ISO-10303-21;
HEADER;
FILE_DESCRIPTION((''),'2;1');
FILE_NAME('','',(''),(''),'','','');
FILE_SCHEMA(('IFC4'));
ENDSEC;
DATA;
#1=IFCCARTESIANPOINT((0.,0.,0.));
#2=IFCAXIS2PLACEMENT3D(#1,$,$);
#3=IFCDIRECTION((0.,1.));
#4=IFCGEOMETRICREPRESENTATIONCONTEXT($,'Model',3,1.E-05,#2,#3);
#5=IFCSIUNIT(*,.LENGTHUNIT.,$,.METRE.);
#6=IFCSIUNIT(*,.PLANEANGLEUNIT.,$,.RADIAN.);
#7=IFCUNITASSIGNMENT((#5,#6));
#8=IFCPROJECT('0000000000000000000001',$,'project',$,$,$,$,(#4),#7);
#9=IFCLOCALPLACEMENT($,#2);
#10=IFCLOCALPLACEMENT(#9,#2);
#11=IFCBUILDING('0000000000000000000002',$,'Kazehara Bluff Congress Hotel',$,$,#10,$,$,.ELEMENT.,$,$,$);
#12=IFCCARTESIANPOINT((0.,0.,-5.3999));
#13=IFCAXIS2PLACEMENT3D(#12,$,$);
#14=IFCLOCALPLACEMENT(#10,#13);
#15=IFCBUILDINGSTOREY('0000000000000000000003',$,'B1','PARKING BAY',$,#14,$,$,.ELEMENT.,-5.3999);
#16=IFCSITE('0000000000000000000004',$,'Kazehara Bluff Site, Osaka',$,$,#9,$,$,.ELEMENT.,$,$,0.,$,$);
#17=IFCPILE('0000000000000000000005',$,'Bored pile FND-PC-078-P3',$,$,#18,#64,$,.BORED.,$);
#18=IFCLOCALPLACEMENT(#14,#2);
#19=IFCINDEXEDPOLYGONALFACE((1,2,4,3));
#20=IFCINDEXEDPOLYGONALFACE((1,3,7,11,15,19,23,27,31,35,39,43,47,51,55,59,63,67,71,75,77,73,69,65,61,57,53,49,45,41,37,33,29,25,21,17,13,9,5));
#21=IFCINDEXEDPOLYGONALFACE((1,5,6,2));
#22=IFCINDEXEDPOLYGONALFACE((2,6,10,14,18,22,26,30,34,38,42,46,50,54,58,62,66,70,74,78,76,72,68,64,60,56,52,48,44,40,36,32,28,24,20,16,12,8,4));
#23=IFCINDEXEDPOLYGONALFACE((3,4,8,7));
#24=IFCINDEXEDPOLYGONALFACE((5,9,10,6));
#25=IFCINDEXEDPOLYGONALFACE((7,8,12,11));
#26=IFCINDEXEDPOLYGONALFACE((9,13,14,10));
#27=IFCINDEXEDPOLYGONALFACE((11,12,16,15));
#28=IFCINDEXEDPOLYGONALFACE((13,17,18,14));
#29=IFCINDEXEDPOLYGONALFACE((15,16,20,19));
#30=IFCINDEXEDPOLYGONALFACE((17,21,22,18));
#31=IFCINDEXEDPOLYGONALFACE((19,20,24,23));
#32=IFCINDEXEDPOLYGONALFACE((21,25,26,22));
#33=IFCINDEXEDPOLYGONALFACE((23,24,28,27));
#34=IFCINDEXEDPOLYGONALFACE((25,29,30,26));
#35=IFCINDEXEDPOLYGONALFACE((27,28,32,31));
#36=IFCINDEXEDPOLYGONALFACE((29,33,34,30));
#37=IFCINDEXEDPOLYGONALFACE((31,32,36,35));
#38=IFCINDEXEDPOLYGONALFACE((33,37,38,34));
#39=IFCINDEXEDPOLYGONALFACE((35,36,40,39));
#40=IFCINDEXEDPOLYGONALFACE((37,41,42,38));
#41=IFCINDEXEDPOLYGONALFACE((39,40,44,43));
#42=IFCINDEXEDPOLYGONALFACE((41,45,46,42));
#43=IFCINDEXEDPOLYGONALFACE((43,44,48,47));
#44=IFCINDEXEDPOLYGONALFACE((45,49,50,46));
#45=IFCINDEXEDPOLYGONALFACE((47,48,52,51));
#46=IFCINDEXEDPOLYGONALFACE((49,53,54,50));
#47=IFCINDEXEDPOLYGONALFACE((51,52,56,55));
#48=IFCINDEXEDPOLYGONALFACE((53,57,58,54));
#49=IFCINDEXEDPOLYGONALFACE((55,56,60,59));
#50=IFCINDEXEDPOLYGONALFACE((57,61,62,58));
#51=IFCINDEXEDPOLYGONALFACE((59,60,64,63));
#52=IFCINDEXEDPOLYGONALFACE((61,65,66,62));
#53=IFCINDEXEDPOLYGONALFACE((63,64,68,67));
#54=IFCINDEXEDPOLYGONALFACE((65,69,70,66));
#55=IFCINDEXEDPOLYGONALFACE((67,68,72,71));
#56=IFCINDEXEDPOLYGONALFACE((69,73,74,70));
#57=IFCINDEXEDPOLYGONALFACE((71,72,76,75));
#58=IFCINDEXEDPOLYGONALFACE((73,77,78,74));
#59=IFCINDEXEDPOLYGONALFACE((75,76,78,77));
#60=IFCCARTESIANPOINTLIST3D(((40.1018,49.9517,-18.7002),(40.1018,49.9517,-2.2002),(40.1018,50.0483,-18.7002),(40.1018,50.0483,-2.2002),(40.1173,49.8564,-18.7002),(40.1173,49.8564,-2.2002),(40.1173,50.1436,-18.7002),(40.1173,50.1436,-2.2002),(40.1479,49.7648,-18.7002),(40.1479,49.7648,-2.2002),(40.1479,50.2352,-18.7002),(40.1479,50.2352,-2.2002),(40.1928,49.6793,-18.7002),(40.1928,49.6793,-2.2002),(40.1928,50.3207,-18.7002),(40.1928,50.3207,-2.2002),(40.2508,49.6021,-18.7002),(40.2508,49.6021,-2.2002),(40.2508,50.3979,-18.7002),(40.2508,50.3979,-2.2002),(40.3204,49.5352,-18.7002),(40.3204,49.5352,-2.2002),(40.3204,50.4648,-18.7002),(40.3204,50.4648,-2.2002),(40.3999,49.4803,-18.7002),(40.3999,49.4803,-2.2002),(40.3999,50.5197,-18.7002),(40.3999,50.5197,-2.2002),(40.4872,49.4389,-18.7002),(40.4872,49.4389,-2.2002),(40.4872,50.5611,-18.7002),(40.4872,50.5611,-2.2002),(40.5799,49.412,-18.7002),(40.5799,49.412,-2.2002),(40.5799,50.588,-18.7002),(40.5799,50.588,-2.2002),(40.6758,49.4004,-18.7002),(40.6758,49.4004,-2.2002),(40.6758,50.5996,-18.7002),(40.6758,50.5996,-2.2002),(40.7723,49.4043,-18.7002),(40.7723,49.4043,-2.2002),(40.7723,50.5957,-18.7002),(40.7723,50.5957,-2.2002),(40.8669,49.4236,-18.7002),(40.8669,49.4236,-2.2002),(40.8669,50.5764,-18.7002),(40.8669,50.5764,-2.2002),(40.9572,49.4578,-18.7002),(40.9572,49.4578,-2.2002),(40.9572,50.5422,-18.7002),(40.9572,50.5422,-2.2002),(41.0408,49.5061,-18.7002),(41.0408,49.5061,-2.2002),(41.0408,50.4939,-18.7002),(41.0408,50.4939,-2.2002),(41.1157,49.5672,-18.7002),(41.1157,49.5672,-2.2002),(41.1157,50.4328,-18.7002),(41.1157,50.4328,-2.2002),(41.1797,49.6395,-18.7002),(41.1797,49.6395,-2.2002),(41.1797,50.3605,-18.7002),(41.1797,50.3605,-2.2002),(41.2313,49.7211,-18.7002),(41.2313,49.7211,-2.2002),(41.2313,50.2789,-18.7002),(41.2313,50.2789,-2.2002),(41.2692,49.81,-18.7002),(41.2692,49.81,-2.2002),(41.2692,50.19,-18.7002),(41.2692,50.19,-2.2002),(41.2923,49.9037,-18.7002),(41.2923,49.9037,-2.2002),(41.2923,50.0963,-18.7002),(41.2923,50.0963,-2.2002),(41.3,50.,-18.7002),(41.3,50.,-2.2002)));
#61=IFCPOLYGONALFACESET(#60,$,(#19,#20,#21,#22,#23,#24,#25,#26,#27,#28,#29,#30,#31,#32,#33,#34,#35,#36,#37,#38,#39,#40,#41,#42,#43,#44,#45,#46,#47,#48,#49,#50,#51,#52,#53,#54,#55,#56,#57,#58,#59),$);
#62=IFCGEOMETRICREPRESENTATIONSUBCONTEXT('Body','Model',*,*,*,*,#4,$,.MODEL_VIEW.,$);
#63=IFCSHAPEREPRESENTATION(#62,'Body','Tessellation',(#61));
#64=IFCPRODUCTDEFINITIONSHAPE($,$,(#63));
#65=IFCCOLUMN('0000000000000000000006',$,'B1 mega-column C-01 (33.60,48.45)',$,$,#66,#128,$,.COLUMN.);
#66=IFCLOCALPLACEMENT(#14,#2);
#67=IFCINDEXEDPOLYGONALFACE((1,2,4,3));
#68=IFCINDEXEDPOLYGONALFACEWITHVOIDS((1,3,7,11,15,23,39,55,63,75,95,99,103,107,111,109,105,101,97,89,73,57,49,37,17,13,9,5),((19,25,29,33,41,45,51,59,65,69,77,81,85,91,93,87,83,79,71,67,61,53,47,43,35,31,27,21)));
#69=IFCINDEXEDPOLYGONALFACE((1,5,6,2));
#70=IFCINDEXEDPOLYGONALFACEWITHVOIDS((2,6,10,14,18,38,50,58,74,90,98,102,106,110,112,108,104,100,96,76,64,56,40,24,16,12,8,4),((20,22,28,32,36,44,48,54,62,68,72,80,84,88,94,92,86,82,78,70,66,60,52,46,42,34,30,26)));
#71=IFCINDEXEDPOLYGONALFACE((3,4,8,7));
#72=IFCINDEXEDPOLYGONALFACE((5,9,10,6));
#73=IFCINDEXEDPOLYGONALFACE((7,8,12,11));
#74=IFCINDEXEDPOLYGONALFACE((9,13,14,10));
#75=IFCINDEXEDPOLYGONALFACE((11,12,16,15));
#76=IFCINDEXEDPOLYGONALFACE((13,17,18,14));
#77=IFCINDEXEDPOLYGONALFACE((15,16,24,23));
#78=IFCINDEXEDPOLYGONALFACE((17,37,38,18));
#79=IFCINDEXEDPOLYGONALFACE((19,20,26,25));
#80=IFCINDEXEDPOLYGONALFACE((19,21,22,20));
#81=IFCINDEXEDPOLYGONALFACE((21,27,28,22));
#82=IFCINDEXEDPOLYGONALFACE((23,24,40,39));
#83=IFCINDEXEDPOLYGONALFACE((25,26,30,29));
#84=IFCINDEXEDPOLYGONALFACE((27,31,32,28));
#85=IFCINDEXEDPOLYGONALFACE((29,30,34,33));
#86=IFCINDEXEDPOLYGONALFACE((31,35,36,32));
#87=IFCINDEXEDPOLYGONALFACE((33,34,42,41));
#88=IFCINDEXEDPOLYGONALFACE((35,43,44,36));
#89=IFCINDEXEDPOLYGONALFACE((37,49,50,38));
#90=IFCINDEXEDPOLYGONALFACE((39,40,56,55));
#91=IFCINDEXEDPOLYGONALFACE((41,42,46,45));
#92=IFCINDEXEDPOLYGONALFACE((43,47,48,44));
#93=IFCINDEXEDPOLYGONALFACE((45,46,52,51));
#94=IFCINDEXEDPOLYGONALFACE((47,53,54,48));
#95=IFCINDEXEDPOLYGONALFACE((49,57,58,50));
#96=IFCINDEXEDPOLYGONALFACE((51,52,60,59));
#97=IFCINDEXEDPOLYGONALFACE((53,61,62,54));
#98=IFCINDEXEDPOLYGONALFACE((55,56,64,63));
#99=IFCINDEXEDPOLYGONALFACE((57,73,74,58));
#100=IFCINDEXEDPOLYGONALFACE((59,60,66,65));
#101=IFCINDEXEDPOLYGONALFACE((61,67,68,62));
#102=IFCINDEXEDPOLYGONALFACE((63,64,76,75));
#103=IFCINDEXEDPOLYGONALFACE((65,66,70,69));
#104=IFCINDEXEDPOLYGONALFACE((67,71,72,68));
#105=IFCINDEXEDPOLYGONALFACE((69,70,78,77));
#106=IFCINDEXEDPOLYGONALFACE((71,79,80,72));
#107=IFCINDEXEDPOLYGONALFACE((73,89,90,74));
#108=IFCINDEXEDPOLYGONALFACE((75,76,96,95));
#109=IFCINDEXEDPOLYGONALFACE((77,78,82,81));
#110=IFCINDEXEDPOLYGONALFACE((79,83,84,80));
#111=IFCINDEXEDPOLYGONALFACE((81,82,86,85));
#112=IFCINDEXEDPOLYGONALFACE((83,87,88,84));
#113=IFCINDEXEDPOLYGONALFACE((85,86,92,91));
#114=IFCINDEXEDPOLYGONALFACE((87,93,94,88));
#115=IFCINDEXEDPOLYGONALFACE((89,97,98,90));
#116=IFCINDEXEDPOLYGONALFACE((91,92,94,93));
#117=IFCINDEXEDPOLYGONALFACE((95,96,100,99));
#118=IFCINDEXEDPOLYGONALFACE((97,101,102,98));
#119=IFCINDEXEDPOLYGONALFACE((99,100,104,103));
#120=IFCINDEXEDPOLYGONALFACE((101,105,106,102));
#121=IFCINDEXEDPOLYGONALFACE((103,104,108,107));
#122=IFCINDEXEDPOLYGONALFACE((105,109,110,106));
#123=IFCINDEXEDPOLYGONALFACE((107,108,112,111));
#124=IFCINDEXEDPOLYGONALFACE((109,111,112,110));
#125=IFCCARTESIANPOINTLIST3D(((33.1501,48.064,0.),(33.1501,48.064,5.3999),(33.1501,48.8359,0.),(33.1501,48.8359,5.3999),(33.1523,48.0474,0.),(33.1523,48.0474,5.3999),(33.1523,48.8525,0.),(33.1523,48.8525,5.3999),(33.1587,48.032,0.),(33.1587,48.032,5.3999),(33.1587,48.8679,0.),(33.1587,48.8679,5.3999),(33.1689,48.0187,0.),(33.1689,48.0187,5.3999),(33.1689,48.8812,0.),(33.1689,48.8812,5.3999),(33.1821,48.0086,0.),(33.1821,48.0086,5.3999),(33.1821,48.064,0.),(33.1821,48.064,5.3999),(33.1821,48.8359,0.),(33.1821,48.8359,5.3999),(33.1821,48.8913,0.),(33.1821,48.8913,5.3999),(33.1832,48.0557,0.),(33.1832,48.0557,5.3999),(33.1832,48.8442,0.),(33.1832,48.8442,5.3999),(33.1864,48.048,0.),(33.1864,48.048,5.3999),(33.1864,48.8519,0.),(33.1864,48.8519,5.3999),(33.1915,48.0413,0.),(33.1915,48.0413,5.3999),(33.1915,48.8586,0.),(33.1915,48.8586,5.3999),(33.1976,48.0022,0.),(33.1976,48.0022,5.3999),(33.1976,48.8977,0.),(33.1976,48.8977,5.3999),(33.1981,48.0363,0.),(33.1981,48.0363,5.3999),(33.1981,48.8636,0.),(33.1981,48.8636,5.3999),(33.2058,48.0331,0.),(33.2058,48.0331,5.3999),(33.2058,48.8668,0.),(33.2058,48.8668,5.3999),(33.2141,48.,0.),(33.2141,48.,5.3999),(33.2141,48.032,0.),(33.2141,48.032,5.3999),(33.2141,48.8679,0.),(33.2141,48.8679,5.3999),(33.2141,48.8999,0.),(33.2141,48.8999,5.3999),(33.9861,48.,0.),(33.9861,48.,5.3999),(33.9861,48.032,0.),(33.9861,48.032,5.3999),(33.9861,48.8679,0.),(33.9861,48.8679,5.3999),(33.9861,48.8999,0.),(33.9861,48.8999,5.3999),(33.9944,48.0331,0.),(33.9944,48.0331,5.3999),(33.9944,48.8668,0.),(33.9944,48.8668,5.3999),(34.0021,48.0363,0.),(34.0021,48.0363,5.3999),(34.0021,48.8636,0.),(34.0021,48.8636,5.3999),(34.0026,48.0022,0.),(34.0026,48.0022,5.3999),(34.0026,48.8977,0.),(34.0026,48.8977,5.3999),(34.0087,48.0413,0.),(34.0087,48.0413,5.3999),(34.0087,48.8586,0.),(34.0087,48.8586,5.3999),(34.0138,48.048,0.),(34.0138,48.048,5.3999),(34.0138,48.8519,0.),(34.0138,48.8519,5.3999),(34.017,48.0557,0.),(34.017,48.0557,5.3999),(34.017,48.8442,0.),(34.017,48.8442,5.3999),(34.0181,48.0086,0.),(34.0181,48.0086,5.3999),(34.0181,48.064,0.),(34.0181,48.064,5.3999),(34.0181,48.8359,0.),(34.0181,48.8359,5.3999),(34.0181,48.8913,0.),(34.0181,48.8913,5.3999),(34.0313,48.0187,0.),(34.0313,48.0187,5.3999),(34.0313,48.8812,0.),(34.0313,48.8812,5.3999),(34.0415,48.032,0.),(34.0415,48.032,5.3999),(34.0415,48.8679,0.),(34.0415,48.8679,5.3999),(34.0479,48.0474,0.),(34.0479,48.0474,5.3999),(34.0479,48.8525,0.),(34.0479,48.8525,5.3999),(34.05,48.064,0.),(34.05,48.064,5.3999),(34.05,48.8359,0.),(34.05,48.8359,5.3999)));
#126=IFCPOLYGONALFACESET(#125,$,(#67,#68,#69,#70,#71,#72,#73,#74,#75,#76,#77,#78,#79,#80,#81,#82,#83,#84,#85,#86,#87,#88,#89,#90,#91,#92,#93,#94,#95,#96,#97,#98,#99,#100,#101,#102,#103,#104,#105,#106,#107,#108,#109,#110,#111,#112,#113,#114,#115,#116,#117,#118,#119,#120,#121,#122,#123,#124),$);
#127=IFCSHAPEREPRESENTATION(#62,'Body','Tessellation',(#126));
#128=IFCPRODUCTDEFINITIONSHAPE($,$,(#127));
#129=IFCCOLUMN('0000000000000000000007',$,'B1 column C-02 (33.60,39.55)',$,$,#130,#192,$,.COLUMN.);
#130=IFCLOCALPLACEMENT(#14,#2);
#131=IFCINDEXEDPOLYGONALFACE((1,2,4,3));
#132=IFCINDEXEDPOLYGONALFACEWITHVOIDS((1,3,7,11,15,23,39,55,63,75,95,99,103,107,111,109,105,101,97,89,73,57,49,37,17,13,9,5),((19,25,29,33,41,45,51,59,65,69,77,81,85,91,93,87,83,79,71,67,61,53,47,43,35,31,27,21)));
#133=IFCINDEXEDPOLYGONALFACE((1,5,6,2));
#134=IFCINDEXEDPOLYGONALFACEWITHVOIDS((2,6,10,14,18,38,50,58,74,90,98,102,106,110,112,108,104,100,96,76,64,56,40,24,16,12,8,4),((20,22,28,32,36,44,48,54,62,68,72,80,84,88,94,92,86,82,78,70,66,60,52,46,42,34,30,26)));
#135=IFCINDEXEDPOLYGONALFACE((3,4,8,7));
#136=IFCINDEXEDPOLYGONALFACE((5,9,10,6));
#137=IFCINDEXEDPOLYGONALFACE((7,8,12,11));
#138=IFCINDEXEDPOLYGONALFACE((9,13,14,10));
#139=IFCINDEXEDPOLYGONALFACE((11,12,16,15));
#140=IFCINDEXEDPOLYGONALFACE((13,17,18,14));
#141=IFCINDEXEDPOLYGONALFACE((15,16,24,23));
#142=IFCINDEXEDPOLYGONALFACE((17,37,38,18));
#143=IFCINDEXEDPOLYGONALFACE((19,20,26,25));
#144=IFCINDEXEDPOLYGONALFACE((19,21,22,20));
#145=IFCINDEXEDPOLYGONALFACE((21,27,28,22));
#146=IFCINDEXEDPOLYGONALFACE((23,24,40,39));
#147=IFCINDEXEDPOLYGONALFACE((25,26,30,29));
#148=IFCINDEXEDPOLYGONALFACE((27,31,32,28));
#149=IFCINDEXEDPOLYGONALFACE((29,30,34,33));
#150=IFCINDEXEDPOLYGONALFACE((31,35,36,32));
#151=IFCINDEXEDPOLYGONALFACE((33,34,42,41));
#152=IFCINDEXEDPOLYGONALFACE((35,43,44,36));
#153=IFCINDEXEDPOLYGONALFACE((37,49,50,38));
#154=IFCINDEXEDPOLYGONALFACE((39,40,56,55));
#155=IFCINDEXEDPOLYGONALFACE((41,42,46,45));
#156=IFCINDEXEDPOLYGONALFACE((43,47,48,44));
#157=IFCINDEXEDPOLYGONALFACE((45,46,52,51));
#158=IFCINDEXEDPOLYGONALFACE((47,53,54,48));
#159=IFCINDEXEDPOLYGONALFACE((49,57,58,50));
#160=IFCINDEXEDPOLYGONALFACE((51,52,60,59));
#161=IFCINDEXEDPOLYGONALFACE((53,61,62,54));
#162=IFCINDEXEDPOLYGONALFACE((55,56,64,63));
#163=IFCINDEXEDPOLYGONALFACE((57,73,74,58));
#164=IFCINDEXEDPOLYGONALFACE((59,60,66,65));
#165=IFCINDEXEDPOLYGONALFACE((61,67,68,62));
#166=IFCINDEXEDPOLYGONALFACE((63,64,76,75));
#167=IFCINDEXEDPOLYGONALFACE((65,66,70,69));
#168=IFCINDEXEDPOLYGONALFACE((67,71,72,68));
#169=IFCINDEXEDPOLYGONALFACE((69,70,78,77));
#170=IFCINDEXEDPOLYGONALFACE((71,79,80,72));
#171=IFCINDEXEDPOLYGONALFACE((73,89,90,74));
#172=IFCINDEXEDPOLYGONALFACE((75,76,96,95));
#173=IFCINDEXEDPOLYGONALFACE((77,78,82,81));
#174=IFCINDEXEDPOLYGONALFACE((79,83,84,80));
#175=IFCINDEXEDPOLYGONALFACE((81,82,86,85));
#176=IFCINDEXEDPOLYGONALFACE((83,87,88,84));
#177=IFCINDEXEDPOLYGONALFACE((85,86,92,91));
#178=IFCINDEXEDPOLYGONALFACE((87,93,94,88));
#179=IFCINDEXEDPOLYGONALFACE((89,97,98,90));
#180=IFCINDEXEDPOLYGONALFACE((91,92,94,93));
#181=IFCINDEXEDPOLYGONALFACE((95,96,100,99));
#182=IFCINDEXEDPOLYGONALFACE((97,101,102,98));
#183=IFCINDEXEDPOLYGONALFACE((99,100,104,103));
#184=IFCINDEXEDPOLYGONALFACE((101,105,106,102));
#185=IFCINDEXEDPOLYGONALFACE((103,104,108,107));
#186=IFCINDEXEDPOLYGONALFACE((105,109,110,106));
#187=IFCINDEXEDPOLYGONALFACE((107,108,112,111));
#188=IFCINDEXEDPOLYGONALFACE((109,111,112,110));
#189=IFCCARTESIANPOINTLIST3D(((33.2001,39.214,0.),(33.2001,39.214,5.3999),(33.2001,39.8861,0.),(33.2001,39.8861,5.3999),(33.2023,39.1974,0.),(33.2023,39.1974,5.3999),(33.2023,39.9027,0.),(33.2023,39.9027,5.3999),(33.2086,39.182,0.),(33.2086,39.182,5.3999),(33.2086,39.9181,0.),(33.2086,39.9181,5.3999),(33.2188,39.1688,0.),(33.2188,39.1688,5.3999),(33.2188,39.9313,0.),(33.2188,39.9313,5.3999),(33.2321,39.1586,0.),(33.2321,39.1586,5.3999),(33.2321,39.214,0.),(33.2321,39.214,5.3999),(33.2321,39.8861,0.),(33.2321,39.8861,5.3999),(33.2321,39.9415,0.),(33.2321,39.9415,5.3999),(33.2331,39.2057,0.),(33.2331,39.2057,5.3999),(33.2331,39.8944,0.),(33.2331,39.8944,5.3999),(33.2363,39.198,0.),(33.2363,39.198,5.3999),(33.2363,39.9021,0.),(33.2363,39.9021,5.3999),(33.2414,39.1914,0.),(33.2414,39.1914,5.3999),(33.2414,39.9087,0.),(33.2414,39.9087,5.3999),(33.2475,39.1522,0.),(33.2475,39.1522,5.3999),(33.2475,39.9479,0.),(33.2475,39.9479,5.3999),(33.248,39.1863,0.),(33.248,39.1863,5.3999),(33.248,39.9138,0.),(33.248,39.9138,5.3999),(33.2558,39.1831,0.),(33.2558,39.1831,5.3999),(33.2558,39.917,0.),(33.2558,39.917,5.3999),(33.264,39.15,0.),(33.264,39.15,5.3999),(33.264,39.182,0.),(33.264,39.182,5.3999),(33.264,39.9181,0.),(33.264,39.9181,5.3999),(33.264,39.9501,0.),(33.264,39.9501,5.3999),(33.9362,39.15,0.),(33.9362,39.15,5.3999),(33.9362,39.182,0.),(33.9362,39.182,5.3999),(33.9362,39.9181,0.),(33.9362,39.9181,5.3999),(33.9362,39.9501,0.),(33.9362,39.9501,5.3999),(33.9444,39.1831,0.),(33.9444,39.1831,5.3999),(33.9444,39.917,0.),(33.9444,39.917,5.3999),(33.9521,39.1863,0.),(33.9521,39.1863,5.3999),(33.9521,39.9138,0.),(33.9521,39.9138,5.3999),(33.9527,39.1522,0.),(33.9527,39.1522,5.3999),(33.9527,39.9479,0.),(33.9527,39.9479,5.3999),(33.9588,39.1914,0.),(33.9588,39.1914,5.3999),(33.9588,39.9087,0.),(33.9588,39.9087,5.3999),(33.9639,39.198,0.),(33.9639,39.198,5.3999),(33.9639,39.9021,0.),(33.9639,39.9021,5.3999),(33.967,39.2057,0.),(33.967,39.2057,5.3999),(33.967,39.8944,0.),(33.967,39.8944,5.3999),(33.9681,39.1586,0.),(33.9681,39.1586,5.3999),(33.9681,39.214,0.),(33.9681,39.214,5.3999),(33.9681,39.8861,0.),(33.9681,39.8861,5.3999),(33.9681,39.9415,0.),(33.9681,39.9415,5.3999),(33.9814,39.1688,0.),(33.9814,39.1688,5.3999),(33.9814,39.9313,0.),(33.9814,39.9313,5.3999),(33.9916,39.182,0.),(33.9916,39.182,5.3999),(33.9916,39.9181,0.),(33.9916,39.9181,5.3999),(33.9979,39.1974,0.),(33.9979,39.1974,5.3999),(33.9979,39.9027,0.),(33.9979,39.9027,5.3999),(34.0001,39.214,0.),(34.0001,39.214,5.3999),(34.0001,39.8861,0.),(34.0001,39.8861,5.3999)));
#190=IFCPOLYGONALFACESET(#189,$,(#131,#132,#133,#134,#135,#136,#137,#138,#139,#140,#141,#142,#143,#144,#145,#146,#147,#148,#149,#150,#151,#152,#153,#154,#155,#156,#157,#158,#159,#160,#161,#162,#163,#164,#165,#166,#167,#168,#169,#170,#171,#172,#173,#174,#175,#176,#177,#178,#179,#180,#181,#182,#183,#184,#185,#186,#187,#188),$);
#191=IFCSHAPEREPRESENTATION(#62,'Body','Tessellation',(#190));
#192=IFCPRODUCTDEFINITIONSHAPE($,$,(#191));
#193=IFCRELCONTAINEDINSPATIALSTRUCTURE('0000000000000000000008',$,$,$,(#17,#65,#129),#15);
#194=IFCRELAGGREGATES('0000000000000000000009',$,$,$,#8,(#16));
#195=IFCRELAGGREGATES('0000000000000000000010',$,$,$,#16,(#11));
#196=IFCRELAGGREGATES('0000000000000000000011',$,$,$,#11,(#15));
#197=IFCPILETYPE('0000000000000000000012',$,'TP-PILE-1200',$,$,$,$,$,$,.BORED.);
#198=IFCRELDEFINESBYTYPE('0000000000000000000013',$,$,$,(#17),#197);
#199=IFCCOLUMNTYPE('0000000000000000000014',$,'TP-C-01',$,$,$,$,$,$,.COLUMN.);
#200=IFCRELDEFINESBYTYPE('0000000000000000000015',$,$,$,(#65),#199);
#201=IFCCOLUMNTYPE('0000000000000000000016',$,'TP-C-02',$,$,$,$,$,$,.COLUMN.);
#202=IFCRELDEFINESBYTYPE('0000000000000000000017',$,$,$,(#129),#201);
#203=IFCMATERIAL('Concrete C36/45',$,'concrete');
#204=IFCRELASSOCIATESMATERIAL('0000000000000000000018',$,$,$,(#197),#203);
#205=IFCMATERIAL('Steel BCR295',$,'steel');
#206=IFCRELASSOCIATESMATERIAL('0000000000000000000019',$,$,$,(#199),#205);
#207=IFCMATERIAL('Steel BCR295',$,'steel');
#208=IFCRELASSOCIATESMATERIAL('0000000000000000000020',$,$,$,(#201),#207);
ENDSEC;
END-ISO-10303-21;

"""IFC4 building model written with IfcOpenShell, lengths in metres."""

from ifc_helpers import new_model, si_unit, direction, frame, origin, origin_2d, place, context, subcontext, project, spatial, hollow_rectangle, circle, extrude, material, material_profile, profile_set, type_object, element, save


model = new_model("IFC4")

# Units and contexts
model_context = context("Model", 3, precision=1e-05, world=origin(), true_north=direction((0.0, 1.0)))
body_context = subcontext(model_context, "Body", "Model", "MODEL_VIEW")
ifc_project = project(units=[si_unit("LENGTHUNIT", "METRE"), si_unit("PLANEANGLEUNIT", "RADIAN")], contexts=[model_context])

# Site, building, storey
site_placement = place(None, origin())
site = spatial("IfcSite", under=ifc_project, at=site_placement, Name="Kazehara Bluff Site, Osaka", CompositionType="ELEMENT", RefElevation=0.0)
building_placement = place(site_placement, origin())
building = spatial("IfcBuilding", under=site, at=building_placement, Name="Kazehara Bluff Congress Hotel", CompositionType="ELEMENT")
storey_placement = place(building_placement, frame((0.0, 0.0, -5.3999)))
storey = spatial("IfcBuildingStorey", under=building, at=storey_placement, Name="B1", Description="PARKING BAY", CompositionType="ELEMENT", Elevation=-5.3999)

# Pile
ifc_material_1 = material(Name="Concrete C36/45", Category="concrete")
ifc_material_profile_1 = material_profile(ifc_material_1, circle(Radius=0.6001, at=origin_2d()))
ifc_profile_set_1 = profile_set([ifc_material_profile_1], Name="Concrete C36/45")
pile_type = type_object("IfcPileType", Name="TP-PILE-1200", PredefinedType="BORED", material=ifc_profile_set_1)
for number, where, z_axis, x_axis, name in (
    (1, (40.7, 50.0, -2.2002), (0.0, 0.0, -1.0), (1.0, 0.0, 0.0), "Bored pile FND-PC-078-P3"),
):
    element("IfcPile", number, at=place(storey_placement, frame(where, z_axis=z_axis, x_axis=x_axis)), inside=storey, type_object=pile_type, Name=name, PredefinedType="BORED", context=body_context, shape_type="SweptSolid", body=[
        extrude(circle(Radius=0.6001, at=origin_2d()), origin(), (0.0, 0.0, 1.0), 16.5),
    ])

# Columns
ifc_material_2 = material(Name="Steel BCR295", Category="steel")
ifc_material_profile_2 = material_profile(ifc_material_2, hollow_rectangle(XDim=0.8999, YDim=0.8999, WallThickness=0.032, InnerFilletRadius=0.032, OuterFilletRadius=0.064, at=origin_2d()))
ifc_profile_set_2 = profile_set([ifc_material_profile_2], Name="Steel BCR295")
column_type_1 = type_object("IfcColumnType", Name="TP-C-01", PredefinedType="COLUMN", material=ifc_profile_set_2)
column_1_placement = place(storey_placement, frame((33.6001, 48.45, 0.0), z_axis=(0.0, 0.0, 1.0), x_axis=(1.0, 0.0, 0.0)))
element("IfcColumn", 2, at=column_1_placement, inside=storey, type_object=column_type_1, Name="B1 mega-column C-01 (33.60,48.45)", PredefinedType="COLUMN", context=body_context, shape_type="SweptSolid", body=[
    extrude(hollow_rectangle(XDim=0.8999, YDim=0.8999, WallThickness=0.032, InnerFilletRadius=0.032, OuterFilletRadius=0.064, at=origin_2d()), origin(), (0.0, 0.0, 1.0), 5.3999),
])
ifc_material_3 = material(Name="Steel BCR295", Category="steel")
ifc_material_profile_3 = material_profile(ifc_material_3, hollow_rectangle(XDim=0.8, YDim=0.8, WallThickness=0.032, InnerFilletRadius=0.032, OuterFilletRadius=0.064, at=origin_2d()))
ifc_profile_set_3 = profile_set([ifc_material_profile_3], Name="Steel BCR295")
column_type_2 = type_object("IfcColumnType", Name="TP-C-02", PredefinedType="COLUMN", material=ifc_profile_set_3)
column_2_placement = place(storey_placement, frame((33.6001, 39.55, 0.0), z_axis=(0.0, 0.0, 1.0), x_axis=(1.0, 0.0, 0.0)))
element("IfcColumn", 3, at=column_2_placement, inside=storey, type_object=column_type_2, Name="B1 column C-02 (33.60,39.55)", PredefinedType="COLUMN", context=body_context, shape_type="SweptSolid", body=[
    extrude(hollow_rectangle(XDim=0.8, YDim=0.8, WallThickness=0.032, InnerFilletRadius=0.032, OuterFilletRadius=0.064, at=origin_2d()), origin(), (0.0, 0.0, 1.0), 5.3999),
])

save(model, "model.ifc")
